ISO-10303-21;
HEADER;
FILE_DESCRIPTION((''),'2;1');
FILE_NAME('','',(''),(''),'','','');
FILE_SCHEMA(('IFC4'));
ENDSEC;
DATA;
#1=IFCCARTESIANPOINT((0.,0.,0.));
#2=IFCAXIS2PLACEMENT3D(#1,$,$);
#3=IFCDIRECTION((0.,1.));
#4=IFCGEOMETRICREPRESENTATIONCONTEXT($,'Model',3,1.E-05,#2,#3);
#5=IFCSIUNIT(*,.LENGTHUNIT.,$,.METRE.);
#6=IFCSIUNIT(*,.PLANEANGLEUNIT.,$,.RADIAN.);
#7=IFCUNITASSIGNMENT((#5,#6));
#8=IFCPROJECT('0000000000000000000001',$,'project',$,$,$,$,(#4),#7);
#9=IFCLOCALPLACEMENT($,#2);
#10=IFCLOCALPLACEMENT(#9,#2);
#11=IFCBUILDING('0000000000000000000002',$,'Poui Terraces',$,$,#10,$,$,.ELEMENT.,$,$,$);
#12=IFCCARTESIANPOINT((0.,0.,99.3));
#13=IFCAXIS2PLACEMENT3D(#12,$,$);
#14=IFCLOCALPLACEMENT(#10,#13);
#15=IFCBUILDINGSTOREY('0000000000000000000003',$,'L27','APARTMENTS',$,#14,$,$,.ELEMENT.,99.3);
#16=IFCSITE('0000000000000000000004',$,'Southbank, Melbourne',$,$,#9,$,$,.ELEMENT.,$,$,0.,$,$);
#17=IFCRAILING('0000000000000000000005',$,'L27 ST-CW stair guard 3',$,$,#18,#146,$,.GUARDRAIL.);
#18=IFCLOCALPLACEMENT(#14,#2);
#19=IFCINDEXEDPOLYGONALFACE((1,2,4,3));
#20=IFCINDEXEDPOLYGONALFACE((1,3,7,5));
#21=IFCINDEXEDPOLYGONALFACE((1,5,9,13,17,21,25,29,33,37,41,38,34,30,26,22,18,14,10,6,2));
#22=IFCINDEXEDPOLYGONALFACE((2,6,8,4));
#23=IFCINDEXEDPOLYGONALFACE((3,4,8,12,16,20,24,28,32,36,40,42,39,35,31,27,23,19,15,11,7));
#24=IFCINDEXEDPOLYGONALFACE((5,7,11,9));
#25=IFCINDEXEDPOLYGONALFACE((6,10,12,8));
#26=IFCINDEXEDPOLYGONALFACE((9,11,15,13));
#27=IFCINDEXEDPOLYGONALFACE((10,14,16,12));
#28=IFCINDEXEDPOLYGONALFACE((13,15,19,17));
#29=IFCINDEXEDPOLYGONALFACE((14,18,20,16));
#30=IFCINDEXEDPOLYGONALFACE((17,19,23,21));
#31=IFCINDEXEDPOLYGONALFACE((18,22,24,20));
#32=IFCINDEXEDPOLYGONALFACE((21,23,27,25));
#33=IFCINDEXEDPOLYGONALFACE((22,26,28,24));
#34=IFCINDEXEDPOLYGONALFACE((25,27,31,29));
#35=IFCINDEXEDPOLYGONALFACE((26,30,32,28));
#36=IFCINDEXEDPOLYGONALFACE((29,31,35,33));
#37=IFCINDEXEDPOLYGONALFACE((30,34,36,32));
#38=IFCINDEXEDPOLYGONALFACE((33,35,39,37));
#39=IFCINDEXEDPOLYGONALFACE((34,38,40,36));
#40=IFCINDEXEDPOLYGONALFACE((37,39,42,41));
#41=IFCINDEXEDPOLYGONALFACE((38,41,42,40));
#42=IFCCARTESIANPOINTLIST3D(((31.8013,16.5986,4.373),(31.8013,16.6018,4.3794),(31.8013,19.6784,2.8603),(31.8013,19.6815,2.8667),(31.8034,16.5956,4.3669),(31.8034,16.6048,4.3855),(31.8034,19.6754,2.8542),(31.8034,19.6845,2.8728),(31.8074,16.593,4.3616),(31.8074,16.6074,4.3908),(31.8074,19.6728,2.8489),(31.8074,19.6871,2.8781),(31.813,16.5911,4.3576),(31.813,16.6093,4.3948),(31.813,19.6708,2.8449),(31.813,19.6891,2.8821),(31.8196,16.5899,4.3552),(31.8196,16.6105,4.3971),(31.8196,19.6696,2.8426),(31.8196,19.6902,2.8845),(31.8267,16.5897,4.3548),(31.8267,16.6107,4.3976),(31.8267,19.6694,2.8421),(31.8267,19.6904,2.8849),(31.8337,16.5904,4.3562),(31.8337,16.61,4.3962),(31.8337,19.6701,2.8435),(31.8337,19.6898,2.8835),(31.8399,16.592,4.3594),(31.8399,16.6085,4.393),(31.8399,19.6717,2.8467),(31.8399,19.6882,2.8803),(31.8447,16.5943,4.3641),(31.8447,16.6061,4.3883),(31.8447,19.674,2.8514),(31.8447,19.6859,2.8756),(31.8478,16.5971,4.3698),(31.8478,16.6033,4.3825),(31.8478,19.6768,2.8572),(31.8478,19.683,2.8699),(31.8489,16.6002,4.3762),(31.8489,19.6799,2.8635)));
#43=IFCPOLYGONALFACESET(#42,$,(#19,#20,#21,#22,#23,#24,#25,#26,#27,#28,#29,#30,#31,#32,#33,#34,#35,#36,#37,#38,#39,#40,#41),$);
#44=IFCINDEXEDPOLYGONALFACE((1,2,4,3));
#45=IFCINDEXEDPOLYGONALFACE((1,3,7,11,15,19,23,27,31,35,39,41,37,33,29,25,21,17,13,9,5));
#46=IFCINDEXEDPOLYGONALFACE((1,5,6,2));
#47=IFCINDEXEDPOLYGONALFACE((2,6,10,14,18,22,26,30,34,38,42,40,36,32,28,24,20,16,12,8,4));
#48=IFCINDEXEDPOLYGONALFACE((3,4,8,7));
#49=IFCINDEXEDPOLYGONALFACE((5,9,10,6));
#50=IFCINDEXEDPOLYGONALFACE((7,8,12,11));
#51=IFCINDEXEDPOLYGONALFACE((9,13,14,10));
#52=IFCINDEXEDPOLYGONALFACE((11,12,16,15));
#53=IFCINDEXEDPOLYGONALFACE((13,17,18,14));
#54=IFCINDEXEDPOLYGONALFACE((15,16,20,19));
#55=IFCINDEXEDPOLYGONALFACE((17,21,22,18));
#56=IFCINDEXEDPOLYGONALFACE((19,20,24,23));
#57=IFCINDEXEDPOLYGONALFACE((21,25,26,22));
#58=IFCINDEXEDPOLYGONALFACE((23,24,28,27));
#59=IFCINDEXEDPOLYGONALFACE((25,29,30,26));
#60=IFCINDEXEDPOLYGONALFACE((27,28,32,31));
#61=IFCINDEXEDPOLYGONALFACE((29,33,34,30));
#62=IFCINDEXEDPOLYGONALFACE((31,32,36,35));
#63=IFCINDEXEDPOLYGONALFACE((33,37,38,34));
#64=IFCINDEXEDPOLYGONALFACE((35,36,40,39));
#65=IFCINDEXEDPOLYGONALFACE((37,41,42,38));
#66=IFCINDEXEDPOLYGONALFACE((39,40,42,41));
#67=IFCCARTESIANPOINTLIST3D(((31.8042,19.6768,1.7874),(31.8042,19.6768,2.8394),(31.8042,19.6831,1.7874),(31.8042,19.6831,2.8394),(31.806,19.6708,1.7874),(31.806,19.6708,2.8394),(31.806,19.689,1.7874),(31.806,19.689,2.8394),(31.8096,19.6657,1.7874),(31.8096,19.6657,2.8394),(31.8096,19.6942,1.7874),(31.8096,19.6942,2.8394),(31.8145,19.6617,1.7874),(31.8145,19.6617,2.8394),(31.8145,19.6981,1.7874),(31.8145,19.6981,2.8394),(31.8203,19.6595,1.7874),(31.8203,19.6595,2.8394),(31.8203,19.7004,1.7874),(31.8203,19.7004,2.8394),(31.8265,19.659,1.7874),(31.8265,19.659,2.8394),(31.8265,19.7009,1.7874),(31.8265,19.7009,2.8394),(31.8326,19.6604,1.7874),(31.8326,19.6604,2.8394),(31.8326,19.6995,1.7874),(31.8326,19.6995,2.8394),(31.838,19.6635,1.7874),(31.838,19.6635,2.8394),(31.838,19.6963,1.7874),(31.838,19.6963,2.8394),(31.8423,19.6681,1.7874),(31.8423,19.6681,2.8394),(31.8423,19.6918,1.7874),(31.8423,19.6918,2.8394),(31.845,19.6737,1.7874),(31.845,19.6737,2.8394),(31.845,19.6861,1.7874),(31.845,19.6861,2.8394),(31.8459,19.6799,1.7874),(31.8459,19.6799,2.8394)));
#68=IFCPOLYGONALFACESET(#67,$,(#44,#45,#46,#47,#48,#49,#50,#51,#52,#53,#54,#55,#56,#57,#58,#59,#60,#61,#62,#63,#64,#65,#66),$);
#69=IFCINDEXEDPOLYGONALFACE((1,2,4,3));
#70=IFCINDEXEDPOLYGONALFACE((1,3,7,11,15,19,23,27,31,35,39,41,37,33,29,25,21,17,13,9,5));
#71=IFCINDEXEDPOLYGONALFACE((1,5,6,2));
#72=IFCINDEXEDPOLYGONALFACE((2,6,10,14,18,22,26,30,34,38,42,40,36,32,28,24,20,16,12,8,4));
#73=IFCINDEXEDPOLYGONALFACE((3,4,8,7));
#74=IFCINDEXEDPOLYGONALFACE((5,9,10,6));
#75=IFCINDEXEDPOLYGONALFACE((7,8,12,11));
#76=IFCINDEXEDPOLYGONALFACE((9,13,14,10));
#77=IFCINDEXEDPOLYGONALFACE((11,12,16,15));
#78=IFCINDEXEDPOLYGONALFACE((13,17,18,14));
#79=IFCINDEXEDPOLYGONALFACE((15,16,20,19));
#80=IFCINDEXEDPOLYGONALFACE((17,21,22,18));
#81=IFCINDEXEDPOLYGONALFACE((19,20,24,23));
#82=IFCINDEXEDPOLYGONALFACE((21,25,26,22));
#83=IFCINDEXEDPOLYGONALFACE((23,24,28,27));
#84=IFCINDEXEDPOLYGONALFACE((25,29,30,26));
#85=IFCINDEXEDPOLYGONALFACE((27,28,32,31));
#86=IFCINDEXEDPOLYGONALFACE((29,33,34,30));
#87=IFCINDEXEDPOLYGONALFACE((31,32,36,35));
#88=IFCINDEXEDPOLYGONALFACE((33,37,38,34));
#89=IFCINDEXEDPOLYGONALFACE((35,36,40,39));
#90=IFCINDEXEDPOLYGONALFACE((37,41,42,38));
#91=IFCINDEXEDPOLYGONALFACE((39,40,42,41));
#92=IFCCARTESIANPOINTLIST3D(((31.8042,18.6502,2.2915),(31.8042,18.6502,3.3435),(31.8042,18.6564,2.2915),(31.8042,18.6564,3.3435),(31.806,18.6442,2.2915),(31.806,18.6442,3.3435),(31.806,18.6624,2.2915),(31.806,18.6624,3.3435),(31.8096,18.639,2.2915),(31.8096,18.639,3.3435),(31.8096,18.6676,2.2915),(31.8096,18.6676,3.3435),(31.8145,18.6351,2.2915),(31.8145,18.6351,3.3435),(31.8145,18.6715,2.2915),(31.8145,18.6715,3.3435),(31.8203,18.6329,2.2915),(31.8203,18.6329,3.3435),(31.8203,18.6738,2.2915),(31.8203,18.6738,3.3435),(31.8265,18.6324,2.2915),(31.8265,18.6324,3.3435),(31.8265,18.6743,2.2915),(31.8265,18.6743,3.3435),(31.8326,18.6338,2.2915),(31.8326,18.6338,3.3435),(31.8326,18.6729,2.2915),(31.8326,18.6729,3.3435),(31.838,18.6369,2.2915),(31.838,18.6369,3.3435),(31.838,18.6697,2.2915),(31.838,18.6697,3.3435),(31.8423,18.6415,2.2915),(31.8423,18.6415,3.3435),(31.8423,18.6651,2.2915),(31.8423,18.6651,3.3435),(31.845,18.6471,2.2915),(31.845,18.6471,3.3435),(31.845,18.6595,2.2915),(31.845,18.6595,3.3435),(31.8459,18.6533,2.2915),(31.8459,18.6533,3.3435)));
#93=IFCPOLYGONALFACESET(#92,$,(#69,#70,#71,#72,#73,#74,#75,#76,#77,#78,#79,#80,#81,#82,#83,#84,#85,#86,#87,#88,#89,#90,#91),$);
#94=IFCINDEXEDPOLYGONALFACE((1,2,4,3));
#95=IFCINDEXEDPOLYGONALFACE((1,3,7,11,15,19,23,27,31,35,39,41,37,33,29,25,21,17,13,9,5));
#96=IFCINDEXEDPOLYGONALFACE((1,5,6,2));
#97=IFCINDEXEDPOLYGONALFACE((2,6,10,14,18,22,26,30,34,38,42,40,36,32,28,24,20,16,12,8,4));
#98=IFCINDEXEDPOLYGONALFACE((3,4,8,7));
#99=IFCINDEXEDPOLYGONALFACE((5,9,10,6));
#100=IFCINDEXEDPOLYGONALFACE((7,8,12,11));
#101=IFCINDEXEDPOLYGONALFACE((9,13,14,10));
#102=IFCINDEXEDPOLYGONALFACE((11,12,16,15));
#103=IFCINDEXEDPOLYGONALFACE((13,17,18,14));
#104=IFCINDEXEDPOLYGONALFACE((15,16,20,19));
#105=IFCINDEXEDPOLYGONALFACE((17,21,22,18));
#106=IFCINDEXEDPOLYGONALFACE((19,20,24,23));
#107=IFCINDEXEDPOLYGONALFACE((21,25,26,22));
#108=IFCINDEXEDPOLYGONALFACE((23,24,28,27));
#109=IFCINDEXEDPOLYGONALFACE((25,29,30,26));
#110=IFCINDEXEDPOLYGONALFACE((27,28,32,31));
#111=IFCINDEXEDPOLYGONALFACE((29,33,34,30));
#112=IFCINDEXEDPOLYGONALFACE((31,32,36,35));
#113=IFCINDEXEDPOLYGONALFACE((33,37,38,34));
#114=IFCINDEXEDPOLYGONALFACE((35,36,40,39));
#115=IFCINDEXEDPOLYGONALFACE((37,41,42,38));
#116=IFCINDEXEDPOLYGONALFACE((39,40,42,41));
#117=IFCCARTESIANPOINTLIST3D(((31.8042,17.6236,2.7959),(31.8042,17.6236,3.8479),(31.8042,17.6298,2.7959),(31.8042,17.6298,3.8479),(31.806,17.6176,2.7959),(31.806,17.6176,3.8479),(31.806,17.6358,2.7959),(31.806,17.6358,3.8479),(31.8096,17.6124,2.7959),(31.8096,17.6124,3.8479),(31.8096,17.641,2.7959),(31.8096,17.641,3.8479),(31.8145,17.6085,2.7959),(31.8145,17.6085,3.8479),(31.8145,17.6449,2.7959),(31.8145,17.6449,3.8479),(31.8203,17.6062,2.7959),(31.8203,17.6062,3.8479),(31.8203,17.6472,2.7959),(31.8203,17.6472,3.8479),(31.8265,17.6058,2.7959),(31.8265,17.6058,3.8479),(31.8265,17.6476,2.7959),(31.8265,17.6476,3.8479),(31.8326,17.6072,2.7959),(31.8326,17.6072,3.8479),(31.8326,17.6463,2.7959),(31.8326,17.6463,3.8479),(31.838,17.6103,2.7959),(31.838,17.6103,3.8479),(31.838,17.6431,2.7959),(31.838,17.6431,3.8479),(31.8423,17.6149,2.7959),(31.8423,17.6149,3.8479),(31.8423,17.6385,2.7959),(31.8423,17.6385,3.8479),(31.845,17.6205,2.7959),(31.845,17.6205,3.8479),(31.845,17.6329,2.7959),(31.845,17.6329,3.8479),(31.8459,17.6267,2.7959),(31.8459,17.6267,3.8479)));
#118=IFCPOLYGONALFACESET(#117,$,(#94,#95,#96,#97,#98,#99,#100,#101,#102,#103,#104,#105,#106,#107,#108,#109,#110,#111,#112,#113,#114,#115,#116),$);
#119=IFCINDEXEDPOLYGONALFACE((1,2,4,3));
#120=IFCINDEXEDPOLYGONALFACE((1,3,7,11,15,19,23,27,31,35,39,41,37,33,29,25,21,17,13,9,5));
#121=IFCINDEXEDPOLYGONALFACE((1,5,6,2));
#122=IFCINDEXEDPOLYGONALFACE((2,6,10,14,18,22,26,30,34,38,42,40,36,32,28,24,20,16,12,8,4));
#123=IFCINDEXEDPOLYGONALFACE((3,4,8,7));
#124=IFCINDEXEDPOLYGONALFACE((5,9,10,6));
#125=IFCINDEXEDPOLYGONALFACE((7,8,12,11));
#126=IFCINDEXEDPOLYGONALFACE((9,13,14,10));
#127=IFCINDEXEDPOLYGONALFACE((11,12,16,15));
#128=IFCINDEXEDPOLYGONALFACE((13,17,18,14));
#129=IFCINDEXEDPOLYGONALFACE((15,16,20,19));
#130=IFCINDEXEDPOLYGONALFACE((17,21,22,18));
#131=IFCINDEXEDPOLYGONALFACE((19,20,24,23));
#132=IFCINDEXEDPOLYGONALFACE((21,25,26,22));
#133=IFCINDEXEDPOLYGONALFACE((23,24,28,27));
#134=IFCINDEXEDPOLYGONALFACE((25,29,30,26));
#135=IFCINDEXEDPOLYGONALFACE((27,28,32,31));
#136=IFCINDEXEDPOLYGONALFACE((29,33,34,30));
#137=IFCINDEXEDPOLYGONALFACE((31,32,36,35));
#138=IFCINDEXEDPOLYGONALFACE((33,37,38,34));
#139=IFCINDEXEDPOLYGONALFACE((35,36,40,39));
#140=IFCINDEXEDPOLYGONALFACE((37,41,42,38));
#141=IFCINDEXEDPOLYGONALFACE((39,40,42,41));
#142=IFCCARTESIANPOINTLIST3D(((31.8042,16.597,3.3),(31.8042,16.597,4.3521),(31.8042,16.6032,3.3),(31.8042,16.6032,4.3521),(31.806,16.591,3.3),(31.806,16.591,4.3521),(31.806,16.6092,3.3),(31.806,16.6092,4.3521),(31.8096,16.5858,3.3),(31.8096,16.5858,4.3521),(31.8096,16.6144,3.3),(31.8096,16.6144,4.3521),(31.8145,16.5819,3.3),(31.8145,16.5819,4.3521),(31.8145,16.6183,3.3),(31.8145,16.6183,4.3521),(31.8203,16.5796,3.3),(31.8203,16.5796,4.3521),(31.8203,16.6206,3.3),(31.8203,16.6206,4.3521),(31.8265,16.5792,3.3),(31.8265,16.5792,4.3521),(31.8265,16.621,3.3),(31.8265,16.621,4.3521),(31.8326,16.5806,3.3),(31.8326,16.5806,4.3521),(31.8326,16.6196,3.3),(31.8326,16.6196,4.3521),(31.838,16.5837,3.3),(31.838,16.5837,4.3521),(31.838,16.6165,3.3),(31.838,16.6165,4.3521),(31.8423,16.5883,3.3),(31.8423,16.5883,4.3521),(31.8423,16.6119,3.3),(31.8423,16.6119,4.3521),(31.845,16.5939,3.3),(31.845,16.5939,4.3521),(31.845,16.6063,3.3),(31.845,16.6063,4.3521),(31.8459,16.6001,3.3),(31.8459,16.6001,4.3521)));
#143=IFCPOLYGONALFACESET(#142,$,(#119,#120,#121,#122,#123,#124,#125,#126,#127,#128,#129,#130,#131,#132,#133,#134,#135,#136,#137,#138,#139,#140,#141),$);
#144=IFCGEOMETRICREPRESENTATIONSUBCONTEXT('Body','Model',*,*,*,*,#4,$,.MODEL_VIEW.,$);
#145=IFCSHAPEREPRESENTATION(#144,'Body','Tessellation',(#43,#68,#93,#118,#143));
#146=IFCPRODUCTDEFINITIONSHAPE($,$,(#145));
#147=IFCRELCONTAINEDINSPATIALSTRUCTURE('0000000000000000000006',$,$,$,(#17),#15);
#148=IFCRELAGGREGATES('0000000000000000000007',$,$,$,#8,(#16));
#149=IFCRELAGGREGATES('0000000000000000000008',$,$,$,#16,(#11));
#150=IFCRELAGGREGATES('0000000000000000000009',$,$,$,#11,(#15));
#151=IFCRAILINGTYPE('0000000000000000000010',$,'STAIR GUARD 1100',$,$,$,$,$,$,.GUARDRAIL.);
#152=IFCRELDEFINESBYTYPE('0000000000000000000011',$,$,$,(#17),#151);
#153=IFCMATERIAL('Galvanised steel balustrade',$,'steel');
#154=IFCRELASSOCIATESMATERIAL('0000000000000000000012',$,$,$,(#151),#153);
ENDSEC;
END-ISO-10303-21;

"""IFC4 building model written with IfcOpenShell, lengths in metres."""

from ifc_helpers import new_model, si_unit, direction, frame, origin, origin_2d, place, context, subcontext, project, spatial, circle, extrude, material, type_object, element, save


model = new_model("IFC4")

# Units and contexts
model_context = context("Model", 3, precision=1e-05, world=origin(), true_north=direction((0.0, 1.0)))
body_context = subcontext(model_context, "Body", "Model", "MODEL_VIEW")
ifc_project = project(units=[si_unit("LENGTHUNIT", "METRE"), si_unit("PLANEANGLEUNIT", "RADIAN")], contexts=[model_context])

# Site, building, storey
site_placement = place(None, origin())
site = spatial("IfcSite", under=ifc_project, at=site_placement, Name="Southbank, Melbourne", CompositionType="ELEMENT", RefElevation=0.0)
building_placement = place(site_placement, origin())
building = spatial("IfcBuilding", under=site, at=building_placement, Name="Poui Terraces", CompositionType="ELEMENT")
storey_placement = place(building_placement, frame((0.0, 0.0, 99.3)))
storey = spatial("IfcBuildingStorey", under=building, at=storey_placement, Name="L27", Description="APARTMENTS", CompositionType="ELEMENT", Elevation=99.3)

# Railing
ifc_material_1 = material(Name="Galvanised steel balustrade", Category="steel")
railing_type_1 = type_object("IfcRailingType", Name="STAIR GUARD 1100", PredefinedType="GUARDRAIL", material=ifc_material_1)
railing_1_placement = place(storey_placement, frame((31.825, 19.6799, 1.7874)))
element("IfcRailing", 1, at=railing_1_placement, inside=storey, type_object=railing_type_1, Name="L27 ST-CW stair guard 3", PredefinedType="GUARDRAIL", context=body_context, shape_type="SweptSolid", body=[
    extrude(circle(Radius=0.0239, at=origin_2d()), frame((0.0, 0.0, 1.0762), z_axis=(0.0, -0.897578, 0.440856), x_axis=(1.0, 0.0, 0.0)), (0.0, 0.0, 1.0), 3.4312),
    extrude(circle(Radius=0.021, at=origin_2d()), origin(), (0.0, 0.0, 1.0), 1.052),
    extrude(circle(Radius=0.021, at=origin_2d()), frame((0.0, -1.0266, 0.5042)), (0.0, 0.0, 1.0), 1.052),
    extrude(circle(Radius=0.021, at=origin_2d()), frame((0.0, -2.0532, 1.0085)), (0.0, 0.0, 1.0), 1.052),
    extrude(circle(Radius=0.021, at=origin_2d()), frame((0.0, -3.0798, 1.5127)), (0.0, 0.0, 1.0), 1.052),
])

save(model, "model.ifc")
